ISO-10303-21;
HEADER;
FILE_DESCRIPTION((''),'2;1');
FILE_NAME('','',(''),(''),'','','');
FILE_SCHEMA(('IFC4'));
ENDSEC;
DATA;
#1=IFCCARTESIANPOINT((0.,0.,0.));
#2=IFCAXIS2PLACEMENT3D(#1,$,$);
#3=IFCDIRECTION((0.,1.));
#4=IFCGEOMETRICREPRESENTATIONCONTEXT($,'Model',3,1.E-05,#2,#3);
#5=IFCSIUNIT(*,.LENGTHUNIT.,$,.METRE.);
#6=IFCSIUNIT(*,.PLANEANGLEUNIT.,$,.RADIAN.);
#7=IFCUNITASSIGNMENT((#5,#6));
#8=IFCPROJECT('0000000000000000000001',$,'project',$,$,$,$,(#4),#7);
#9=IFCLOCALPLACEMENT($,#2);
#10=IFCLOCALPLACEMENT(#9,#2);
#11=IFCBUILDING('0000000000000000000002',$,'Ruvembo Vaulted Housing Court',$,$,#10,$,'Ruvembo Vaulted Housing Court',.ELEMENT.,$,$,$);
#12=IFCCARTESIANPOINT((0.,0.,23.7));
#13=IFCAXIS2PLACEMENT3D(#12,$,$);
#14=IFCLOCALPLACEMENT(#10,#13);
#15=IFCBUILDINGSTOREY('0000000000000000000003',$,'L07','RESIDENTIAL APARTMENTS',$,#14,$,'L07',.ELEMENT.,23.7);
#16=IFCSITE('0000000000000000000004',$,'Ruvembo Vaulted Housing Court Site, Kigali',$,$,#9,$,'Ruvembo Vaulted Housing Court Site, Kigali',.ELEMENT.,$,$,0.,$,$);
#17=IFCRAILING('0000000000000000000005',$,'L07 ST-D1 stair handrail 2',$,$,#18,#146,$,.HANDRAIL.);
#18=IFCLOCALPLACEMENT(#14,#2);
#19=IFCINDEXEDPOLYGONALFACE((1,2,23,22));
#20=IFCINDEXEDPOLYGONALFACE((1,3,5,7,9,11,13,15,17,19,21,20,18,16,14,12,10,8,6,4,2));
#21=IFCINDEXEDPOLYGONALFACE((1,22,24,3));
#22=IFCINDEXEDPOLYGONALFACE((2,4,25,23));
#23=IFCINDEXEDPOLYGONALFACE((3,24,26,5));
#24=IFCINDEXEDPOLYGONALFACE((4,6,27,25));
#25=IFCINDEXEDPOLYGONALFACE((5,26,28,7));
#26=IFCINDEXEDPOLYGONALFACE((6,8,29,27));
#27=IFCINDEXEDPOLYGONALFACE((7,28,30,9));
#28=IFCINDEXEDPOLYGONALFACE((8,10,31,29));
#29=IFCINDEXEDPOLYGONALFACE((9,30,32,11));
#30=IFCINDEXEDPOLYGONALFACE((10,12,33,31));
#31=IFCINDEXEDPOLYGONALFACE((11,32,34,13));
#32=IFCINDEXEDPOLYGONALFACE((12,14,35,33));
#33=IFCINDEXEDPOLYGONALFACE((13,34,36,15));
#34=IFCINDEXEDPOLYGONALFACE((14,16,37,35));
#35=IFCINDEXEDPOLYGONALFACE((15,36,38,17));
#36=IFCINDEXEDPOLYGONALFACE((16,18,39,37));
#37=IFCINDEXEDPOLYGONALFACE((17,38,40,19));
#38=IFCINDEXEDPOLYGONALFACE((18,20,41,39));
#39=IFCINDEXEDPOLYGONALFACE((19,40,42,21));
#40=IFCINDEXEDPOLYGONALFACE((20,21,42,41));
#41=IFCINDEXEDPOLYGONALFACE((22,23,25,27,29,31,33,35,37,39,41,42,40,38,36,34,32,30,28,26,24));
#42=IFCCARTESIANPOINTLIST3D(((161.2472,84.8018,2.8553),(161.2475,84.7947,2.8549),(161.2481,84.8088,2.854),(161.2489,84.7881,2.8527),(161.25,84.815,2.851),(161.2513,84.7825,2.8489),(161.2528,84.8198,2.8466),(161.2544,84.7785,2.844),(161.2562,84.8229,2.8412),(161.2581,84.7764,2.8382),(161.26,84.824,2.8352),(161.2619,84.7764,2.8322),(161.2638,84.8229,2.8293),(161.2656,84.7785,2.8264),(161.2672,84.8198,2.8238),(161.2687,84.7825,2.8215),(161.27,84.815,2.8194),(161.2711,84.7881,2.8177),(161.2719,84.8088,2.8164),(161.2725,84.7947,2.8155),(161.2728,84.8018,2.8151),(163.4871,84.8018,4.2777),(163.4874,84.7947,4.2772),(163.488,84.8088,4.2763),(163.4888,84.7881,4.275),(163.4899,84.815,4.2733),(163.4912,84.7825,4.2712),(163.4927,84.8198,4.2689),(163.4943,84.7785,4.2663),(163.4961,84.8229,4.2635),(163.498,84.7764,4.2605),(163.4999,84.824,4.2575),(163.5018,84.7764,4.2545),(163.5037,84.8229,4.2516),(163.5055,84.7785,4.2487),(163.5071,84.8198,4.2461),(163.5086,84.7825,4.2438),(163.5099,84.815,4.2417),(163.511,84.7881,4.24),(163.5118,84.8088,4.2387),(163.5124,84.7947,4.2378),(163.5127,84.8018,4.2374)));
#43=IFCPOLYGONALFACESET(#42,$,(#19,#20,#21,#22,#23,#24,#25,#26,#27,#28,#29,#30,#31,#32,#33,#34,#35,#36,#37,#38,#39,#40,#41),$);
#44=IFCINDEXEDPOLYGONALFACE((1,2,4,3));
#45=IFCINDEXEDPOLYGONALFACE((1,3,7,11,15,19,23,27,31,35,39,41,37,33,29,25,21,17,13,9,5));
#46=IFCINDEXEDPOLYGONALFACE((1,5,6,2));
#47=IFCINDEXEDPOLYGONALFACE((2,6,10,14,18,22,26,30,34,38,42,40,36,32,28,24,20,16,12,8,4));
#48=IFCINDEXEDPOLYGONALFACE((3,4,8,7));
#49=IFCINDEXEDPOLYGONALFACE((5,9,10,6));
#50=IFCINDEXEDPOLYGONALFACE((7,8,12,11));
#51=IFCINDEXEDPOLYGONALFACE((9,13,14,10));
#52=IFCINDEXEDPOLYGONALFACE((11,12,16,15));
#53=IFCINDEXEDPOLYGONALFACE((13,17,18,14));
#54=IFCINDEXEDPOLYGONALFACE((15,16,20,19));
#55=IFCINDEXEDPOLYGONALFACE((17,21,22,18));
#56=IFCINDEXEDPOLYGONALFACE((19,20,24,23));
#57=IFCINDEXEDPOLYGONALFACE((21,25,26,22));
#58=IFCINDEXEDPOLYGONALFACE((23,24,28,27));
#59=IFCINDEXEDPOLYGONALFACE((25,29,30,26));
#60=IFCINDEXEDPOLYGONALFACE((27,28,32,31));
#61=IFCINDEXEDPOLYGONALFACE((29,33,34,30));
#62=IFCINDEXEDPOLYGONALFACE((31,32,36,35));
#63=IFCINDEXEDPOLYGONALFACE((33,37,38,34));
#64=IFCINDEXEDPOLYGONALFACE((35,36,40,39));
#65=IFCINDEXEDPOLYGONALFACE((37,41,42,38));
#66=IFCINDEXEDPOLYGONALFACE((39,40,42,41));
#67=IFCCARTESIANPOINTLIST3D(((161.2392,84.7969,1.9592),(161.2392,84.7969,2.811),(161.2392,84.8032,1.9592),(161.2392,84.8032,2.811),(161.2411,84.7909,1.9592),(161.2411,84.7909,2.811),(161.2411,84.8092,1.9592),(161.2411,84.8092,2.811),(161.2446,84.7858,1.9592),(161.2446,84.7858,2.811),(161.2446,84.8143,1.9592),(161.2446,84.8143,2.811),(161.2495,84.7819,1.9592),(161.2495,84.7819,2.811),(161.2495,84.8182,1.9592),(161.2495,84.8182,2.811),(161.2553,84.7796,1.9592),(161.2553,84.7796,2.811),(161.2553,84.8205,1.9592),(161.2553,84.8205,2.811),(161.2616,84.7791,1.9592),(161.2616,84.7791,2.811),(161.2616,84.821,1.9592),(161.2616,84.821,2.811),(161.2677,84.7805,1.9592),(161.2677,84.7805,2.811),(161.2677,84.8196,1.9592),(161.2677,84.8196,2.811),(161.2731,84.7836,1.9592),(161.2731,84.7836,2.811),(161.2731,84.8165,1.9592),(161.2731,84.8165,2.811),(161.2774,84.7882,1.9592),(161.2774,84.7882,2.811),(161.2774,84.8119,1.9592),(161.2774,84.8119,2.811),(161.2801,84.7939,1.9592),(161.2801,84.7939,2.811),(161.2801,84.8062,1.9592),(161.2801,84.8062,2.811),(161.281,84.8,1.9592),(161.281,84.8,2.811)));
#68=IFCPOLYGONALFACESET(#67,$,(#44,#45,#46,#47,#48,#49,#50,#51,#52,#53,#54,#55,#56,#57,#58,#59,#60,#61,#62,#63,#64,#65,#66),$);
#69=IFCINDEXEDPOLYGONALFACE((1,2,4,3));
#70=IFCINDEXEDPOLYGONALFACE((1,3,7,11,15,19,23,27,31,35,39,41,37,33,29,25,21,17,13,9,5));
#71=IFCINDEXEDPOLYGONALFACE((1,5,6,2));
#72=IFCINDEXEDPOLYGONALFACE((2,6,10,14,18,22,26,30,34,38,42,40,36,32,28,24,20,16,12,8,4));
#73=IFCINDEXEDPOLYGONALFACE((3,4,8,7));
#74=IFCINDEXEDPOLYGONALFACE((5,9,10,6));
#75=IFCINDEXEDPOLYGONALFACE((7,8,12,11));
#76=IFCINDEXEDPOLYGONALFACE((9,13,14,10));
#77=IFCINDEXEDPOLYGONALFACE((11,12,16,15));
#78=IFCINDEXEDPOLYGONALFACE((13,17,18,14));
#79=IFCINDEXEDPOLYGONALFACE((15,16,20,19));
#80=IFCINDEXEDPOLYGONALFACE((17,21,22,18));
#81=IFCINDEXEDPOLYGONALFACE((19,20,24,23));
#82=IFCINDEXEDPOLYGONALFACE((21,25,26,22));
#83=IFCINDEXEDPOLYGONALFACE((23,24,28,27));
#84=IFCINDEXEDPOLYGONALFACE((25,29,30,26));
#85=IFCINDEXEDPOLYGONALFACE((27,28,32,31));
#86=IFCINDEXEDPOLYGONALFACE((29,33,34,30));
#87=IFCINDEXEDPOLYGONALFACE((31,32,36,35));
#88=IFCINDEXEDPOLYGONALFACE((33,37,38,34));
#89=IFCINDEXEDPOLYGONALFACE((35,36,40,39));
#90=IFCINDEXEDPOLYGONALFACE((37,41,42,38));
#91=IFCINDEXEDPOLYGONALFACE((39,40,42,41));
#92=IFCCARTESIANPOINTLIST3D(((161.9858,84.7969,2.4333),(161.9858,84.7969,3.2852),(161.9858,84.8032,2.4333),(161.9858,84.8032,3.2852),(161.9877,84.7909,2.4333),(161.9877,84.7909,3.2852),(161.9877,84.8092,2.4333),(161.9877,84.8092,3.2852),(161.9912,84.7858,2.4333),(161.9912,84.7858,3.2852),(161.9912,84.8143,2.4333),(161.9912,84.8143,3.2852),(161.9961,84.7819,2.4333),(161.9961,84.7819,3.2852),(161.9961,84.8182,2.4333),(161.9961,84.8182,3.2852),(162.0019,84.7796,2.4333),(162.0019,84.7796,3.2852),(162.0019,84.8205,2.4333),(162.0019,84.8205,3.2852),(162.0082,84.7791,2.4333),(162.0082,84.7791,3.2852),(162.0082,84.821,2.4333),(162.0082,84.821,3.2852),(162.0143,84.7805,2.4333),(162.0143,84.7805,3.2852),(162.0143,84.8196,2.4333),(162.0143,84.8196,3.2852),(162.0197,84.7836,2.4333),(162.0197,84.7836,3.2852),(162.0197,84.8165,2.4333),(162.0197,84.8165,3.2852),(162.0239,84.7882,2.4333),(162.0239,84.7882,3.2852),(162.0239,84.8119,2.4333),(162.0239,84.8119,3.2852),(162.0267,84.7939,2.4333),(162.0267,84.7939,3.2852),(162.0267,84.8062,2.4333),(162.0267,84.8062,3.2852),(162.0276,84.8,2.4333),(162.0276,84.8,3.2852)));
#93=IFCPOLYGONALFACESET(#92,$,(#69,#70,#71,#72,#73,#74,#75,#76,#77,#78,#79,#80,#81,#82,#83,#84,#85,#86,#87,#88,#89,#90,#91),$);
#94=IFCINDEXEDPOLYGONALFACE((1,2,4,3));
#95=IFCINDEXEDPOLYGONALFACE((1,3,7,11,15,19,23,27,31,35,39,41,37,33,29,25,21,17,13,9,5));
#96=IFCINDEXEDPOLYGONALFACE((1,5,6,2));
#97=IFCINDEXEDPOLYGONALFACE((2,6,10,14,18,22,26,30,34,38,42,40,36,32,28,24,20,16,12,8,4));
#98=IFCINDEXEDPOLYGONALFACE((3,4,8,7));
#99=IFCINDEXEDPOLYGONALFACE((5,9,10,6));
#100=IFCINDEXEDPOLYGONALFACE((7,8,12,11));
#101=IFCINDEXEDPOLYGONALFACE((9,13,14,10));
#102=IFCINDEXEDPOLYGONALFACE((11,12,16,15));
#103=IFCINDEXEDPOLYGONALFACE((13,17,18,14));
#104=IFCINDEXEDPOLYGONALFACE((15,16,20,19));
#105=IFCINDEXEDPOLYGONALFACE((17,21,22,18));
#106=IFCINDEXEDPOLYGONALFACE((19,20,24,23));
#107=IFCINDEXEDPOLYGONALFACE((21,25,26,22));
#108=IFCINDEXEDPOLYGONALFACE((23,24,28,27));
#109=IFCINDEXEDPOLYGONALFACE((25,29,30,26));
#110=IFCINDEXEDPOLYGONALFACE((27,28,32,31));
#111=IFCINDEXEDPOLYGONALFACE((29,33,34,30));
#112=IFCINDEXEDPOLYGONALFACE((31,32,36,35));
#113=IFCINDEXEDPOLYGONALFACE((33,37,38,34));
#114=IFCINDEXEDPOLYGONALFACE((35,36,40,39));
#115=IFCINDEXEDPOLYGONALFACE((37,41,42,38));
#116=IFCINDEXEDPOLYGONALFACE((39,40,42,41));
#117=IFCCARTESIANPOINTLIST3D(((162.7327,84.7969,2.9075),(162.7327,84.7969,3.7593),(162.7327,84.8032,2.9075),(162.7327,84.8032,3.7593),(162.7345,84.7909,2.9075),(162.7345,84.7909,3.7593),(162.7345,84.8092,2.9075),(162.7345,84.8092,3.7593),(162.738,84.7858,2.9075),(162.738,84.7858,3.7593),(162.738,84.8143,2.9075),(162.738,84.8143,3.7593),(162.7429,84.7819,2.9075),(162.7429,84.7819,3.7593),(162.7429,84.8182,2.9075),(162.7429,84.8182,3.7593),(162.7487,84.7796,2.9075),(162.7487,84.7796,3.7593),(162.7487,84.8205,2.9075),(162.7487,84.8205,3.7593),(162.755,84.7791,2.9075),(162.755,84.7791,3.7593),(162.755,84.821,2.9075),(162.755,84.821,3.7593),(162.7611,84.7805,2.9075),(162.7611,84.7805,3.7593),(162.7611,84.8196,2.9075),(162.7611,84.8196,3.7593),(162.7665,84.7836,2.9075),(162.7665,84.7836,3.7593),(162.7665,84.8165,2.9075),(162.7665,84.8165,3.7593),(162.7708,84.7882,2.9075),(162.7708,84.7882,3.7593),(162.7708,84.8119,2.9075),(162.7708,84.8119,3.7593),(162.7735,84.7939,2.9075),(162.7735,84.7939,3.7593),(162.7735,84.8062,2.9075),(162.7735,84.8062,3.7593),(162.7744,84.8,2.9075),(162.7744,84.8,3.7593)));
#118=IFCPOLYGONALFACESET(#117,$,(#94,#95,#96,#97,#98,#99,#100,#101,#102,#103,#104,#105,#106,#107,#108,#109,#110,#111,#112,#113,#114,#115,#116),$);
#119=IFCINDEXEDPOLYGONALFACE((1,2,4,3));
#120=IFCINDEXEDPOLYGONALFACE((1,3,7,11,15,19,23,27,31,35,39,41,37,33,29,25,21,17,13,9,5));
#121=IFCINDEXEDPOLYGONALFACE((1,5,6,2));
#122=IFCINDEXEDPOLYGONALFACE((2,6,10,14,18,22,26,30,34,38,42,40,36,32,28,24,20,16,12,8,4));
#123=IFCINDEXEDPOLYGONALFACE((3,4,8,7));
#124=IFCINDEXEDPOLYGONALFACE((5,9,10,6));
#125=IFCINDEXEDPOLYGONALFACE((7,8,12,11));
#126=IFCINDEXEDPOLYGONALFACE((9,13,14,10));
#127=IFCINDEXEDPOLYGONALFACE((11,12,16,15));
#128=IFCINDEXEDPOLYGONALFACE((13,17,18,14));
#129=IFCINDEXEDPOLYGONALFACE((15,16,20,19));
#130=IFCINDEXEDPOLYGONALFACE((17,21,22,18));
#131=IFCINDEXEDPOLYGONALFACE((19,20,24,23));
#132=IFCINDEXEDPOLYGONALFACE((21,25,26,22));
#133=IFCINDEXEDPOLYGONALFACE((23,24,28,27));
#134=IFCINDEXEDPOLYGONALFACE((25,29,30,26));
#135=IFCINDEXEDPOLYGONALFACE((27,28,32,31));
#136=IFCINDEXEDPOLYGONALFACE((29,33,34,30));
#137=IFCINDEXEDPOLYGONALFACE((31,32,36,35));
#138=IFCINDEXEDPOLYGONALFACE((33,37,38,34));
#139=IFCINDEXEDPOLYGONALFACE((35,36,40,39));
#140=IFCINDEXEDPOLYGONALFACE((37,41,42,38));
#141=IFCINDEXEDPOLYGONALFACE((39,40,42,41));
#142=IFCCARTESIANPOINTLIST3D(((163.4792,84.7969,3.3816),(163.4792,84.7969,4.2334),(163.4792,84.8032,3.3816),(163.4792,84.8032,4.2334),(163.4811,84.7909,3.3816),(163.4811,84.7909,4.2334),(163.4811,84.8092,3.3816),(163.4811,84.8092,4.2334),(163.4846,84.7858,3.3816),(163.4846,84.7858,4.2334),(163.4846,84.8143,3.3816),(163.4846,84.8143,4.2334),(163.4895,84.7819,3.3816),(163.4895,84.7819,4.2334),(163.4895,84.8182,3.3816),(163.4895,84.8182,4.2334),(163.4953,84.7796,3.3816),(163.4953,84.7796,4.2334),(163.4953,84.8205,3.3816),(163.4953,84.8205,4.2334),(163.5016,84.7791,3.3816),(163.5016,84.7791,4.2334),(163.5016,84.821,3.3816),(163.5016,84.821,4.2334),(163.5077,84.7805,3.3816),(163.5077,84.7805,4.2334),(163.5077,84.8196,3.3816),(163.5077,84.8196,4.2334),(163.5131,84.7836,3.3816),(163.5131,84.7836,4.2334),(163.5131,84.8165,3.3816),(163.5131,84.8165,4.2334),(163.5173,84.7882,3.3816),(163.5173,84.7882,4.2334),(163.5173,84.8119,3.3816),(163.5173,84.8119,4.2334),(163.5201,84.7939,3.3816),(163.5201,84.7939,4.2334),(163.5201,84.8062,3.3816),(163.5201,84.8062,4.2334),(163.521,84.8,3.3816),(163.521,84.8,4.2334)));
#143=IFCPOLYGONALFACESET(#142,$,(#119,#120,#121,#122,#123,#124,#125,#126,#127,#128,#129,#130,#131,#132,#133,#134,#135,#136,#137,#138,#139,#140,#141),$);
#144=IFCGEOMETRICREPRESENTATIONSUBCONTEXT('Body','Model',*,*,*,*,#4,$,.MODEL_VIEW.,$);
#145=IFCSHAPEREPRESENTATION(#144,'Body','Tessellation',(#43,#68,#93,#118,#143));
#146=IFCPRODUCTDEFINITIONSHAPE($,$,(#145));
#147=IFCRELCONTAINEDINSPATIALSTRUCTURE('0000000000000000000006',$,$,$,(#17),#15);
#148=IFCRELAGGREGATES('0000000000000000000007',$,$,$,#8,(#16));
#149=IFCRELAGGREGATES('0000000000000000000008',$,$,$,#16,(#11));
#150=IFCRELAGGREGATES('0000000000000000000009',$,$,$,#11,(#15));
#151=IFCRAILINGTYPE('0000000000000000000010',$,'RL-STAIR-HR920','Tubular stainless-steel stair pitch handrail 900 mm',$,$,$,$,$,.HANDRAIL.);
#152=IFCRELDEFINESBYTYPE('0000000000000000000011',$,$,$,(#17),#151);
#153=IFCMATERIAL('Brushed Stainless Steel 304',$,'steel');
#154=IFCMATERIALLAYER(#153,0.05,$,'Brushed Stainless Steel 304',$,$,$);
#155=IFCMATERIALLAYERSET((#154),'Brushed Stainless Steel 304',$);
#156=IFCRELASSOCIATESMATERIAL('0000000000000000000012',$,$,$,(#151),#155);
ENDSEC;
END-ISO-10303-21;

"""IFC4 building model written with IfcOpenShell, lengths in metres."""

from ifc_helpers import new_model, si_unit, direction, frame, origin, origin_2d, place, context, subcontext, project, spatial, circle, extrude, material, layer, layer_set, type_object, element, save


model = new_model("IFC4")

# Units and contexts
model_context = context("Model", 3, precision=1e-05, world=origin(), true_north=direction((0.0, 1.0)))
body_context = subcontext(model_context, "Body", "Model", "MODEL_VIEW")
ifc_project = project(units=[si_unit("LENGTHUNIT", "METRE"), si_unit("PLANEANGLEUNIT", "RADIAN")], contexts=[model_context])

# Site, building, storey
site_placement = place(None, origin())
site = spatial("IfcSite", under=ifc_project, at=site_placement, Name="Ruvembo Vaulted Housing Court Site, Kigali", LongName="Ruvembo Vaulted Housing Court Site, Kigali", CompositionType="ELEMENT", RefElevation=0.0)
building_placement = place(site_placement, origin())
building = spatial("IfcBuilding", under=site, at=building_placement, Name="Ruvembo Vaulted Housing Court", LongName="Ruvembo Vaulted Housing Court", CompositionType="ELEMENT")
storey_placement = place(building_placement, frame((0.0, 0.0, 23.7)))
storey = spatial("IfcBuildingStorey", under=building, at=storey_placement, Name="L07", Description="RESIDENTIAL APARTMENTS", LongName="L07", CompositionType="ELEMENT", Elevation=23.7)

# Railing
ifc_material_1 = material(Name="Brushed Stainless Steel 304", Category="steel")
ifc_layer_1 = layer(ifc_material_1, 0.05, Name="Brushed Stainless Steel 304")
ifc_layer_set_1 = layer_set([ifc_layer_1], Name="Brushed Stainless Steel 304")
railing_type_1 = type_object("IfcRailingType", Name="RL-STAIR-HR920", Description="Tubular stainless-steel stair pitch handrail 900 mm", PredefinedType="HANDRAIL", material=ifc_layer_set_1)
railing_1_placement = place(storey_placement, frame((161.26, 84.8, 1.9592)))
element("IfcRailing", 1, at=railing_1_placement, inside=storey, type_object=railing_type_1, Name="L07 ST-D1 stair handrail 2", PredefinedType="HANDRAIL", context=body_context, shape_type="SweptSolid", body=[
    extrude(circle(Radius=0.0239, at=origin_2d()), frame((0.0, 0.0, 0.876), z_axis=(0.844188, 0.0, 0.536048), x_axis=(0.0, 1.0, 0.0)), (0.0, 0.0, 1.0), 2.6533),
    extrude(circle(Radius=0.021, at=origin_2d()), origin(), (0.0, 0.0, 1.0), 0.8518),
    extrude(circle(Radius=0.021, at=origin_2d()), frame((0.7466, 0.0, 0.4741)), (0.0, 0.0, 1.0), 0.8518),
    extrude(circle(Radius=0.021, at=origin_2d()), frame((1.4934, 0.0, 0.9482)), (0.0, 0.0, 1.0), 0.8518),
    extrude(circle(Radius=0.021, at=origin_2d()), frame((2.24, 0.0, 1.4224)), (0.0, 0.0, 1.0), 0.8518),
])

save(model, "model.ifc")
